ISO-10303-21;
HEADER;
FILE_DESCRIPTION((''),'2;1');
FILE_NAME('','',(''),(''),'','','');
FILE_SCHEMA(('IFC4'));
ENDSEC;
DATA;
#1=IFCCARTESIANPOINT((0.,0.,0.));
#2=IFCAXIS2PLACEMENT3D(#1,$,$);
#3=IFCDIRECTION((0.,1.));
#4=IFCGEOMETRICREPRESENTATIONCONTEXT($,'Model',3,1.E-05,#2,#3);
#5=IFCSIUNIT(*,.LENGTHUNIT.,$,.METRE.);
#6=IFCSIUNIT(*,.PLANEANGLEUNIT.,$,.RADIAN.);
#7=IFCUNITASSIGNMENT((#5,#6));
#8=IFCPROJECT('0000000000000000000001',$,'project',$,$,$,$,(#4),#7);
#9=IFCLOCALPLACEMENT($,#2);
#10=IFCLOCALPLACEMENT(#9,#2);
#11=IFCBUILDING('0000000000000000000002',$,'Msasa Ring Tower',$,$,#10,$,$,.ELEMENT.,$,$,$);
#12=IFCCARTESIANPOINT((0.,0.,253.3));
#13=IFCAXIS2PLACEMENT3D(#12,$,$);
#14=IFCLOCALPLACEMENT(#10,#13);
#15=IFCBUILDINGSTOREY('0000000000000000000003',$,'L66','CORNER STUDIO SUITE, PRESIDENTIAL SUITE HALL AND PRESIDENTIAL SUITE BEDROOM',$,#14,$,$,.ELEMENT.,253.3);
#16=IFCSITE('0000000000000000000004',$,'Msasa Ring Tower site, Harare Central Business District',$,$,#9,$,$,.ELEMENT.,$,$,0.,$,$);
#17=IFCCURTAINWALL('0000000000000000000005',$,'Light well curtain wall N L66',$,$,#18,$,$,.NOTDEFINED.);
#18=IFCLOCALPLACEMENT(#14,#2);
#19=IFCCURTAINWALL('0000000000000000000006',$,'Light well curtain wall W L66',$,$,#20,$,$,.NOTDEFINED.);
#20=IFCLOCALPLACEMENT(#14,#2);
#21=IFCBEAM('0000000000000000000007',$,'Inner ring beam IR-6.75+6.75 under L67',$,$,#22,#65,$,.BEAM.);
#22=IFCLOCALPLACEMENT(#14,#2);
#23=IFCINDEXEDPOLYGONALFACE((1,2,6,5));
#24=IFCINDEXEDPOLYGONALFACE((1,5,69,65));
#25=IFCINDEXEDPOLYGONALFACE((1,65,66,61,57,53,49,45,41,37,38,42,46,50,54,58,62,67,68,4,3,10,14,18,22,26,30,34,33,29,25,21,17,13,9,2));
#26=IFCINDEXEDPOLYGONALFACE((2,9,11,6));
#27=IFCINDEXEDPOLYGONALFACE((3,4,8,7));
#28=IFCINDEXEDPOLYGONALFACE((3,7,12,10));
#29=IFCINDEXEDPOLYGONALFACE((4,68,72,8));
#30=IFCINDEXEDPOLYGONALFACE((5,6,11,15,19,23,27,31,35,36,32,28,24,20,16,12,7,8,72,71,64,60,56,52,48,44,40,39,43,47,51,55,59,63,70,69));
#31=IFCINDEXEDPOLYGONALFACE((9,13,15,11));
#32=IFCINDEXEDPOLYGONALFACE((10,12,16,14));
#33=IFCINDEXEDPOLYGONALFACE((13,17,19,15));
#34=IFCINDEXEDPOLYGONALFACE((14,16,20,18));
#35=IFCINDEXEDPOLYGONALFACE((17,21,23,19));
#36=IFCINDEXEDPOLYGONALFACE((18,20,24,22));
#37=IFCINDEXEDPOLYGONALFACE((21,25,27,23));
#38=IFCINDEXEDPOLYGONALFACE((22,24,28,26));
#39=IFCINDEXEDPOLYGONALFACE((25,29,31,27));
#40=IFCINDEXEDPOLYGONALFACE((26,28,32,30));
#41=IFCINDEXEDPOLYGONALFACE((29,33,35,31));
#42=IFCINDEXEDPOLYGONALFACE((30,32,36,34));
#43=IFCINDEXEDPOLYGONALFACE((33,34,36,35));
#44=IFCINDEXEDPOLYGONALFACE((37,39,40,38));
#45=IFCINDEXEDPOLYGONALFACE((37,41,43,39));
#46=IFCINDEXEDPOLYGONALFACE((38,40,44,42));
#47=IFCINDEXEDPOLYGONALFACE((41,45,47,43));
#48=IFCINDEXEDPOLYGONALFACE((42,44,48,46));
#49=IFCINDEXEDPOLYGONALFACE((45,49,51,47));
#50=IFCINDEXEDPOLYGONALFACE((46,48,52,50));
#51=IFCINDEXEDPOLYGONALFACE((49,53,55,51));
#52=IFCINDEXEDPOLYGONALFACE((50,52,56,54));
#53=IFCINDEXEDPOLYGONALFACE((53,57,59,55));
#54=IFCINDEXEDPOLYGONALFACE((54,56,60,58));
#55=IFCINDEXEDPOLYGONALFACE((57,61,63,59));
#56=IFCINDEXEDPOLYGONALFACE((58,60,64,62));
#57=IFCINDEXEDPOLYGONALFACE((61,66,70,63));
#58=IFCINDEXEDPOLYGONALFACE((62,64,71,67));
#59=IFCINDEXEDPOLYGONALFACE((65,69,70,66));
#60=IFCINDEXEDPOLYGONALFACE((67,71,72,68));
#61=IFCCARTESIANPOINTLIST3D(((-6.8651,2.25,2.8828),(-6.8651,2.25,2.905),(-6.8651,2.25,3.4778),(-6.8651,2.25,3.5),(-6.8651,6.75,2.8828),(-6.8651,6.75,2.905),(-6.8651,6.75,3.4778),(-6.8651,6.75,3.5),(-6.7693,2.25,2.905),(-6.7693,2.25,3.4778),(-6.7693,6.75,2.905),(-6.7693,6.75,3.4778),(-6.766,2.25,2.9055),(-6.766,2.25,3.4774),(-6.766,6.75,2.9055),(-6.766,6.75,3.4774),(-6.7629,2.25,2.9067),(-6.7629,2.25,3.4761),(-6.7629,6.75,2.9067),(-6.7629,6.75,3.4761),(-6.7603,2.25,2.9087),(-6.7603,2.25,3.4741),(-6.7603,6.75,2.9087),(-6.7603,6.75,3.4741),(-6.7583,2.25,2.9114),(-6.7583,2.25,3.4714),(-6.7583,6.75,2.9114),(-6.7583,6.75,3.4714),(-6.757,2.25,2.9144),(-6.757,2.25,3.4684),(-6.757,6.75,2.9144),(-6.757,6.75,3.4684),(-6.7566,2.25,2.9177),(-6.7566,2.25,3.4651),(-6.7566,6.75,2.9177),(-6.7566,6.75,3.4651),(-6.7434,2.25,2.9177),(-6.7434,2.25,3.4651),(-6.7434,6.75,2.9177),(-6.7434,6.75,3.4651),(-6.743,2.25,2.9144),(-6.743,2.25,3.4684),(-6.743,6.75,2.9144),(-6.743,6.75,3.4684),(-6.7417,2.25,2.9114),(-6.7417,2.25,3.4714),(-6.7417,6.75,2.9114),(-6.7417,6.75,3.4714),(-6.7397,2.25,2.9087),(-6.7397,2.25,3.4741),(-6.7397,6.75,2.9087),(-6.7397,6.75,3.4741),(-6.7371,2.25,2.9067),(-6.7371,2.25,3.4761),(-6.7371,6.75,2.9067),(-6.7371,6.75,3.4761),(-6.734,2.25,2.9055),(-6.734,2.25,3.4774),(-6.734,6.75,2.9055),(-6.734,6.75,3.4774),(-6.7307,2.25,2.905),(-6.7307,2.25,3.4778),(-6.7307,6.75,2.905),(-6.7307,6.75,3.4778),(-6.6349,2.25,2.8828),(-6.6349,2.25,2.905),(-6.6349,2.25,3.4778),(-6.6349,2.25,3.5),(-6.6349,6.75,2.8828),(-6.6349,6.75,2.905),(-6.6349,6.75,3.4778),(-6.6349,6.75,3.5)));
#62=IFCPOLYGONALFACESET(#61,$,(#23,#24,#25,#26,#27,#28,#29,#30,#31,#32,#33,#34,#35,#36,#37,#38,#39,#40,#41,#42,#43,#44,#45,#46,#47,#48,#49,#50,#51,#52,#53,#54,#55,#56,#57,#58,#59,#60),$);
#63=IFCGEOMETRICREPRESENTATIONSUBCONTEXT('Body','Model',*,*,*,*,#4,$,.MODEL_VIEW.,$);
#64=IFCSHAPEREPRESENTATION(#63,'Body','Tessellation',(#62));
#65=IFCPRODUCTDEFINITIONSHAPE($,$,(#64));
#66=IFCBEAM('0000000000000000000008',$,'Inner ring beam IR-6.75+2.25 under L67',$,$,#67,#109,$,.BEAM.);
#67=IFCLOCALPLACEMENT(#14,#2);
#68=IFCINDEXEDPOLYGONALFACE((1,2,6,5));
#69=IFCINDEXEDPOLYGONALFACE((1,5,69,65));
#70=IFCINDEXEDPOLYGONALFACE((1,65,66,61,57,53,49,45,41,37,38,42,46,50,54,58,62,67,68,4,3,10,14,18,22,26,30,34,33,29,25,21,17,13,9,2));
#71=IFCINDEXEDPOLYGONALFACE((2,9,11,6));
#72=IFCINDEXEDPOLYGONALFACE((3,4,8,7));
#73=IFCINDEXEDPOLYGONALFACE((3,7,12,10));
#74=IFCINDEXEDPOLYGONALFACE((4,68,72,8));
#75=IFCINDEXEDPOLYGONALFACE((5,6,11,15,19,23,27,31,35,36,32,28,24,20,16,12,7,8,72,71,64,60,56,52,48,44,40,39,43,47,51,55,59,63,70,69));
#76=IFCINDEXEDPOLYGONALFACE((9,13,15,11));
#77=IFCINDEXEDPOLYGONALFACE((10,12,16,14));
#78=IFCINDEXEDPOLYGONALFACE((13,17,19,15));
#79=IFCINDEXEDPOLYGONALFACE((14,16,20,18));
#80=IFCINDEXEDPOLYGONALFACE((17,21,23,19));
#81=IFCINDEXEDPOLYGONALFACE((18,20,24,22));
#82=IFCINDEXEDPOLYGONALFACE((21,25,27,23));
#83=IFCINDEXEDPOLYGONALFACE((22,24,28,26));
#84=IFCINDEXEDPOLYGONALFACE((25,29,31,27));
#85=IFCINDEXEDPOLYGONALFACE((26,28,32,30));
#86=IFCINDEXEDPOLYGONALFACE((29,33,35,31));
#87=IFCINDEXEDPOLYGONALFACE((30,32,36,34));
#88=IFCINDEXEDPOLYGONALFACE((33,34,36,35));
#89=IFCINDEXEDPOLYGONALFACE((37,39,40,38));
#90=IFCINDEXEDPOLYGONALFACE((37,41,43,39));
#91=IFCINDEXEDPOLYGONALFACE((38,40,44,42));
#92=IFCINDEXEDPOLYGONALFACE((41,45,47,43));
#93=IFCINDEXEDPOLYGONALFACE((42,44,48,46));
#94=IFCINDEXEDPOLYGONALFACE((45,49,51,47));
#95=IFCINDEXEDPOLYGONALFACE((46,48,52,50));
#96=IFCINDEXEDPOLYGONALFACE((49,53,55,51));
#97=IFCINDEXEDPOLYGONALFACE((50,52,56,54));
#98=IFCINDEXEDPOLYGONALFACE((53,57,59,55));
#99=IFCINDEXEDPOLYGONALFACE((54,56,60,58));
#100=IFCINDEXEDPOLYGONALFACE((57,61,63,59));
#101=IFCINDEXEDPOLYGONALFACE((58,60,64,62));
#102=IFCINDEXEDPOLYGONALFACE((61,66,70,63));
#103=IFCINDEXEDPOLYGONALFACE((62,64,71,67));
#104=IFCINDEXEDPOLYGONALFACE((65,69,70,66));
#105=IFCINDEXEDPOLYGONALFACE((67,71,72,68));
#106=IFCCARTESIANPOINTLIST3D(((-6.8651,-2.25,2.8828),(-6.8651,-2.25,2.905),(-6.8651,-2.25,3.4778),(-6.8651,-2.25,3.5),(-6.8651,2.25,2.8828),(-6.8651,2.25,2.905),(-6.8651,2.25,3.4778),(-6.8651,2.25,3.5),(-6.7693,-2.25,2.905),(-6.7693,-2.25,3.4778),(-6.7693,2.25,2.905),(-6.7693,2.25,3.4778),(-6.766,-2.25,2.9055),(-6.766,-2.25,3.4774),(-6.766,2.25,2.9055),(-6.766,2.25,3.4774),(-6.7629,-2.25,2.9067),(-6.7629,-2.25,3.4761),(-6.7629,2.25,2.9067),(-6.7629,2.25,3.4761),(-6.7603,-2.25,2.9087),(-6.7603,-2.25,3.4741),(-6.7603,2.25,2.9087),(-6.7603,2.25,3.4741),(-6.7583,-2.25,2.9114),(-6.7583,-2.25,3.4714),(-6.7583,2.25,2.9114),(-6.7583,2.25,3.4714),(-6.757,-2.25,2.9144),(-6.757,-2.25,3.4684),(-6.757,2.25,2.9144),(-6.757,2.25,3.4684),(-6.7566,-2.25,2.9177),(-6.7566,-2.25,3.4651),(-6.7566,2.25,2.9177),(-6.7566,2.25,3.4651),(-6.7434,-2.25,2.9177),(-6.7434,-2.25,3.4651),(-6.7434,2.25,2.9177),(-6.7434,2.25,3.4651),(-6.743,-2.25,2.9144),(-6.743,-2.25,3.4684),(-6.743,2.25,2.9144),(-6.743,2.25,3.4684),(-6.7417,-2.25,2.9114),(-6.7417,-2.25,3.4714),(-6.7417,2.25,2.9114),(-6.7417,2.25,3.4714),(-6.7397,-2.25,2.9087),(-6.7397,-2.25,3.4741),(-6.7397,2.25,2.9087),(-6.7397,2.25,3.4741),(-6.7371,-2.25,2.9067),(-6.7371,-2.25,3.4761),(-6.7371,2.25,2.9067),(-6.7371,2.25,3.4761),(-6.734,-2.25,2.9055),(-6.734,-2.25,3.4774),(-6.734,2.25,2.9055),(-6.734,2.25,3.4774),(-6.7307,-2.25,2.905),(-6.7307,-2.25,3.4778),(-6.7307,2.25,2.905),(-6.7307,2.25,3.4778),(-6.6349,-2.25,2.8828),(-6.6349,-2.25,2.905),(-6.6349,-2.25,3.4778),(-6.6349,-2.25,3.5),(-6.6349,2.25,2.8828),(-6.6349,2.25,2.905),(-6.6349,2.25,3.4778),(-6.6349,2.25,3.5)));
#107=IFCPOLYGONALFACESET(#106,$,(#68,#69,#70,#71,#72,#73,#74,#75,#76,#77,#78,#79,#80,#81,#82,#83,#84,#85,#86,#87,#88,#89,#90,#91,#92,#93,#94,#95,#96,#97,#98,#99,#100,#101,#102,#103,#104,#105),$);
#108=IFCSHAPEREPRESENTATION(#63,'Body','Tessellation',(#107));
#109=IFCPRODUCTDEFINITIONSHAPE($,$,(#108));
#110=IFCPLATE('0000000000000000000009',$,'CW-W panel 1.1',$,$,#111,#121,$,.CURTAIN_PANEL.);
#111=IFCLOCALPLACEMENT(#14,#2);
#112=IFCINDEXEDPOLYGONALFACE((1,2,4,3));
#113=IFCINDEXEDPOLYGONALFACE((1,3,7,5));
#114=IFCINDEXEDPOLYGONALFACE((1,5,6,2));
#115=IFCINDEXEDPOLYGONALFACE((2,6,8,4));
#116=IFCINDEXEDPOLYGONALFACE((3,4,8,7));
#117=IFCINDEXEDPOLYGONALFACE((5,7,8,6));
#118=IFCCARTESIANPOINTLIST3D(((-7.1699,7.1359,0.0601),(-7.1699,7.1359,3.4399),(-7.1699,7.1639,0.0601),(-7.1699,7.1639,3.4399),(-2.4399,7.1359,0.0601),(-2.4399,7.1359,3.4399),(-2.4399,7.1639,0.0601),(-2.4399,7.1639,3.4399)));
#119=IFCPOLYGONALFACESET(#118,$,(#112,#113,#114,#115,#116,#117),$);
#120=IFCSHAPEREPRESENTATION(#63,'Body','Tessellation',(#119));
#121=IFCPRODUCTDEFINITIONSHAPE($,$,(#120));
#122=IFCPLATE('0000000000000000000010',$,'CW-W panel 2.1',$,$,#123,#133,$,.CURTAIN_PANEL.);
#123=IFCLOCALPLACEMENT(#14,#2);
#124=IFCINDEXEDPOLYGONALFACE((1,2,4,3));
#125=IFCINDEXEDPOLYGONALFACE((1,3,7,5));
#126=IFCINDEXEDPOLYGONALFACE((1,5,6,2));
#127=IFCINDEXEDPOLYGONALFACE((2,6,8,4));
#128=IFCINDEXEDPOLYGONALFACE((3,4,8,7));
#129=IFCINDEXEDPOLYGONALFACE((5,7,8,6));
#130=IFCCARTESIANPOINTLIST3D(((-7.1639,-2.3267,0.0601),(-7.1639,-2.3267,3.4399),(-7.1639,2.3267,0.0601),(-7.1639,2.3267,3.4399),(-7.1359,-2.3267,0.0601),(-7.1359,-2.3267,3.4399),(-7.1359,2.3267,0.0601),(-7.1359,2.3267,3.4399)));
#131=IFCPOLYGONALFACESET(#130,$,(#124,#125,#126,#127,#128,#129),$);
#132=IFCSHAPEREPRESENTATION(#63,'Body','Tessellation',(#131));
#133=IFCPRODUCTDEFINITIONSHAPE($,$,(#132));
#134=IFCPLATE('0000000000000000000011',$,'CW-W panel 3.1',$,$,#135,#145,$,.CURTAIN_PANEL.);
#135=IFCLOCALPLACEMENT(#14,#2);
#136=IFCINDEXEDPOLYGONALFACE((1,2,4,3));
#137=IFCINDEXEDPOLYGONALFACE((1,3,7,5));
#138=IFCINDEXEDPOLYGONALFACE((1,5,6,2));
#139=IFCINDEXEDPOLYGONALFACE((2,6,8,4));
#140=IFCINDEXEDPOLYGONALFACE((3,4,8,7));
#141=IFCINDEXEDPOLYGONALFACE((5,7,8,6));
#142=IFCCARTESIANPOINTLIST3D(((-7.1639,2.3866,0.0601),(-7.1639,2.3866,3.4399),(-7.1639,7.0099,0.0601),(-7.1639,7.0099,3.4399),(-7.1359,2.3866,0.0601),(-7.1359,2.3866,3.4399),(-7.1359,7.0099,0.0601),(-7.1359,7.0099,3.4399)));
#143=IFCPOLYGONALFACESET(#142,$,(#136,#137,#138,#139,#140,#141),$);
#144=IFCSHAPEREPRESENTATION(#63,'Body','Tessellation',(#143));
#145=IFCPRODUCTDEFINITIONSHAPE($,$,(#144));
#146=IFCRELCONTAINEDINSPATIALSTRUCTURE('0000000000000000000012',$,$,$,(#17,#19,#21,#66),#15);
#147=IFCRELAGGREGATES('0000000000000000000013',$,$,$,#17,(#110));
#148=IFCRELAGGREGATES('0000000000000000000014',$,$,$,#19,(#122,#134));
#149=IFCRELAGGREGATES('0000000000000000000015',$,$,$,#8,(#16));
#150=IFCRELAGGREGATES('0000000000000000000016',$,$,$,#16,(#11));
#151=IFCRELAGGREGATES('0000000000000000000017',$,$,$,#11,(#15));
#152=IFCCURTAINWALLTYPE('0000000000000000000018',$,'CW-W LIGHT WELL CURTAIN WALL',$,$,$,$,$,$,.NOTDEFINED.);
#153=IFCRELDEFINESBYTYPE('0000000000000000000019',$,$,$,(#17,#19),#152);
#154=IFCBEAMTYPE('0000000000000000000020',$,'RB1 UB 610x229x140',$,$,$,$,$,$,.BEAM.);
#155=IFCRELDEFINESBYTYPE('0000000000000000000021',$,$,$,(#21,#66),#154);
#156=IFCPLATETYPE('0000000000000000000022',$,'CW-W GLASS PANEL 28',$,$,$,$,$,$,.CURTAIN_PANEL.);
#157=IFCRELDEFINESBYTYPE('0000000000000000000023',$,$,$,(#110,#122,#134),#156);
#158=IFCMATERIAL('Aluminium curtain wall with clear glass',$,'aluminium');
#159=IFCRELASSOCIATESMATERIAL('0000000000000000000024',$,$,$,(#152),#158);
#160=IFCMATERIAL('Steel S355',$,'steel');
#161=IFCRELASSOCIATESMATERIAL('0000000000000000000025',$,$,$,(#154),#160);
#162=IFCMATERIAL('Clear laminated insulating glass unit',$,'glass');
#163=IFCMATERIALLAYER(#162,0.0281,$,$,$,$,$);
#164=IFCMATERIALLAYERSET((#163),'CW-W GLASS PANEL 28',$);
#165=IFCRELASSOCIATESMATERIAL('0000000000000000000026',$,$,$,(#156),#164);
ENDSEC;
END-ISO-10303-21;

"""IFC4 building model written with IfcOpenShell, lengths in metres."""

from ifc_helpers import new_model, si_unit, direction, frame, origin, origin_2d, place, context, subcontext, project, spatial, rectangle, i_section, extrude, material, layer, layer_set, material_profile, profile_set, type_object, element, aggregate, save


model = new_model("IFC4")

# Units and contexts
model_context = context("Model", 3, precision=1e-05, world=origin(), true_north=direction((0.0, 1.0)))
body_context = subcontext(model_context, "Body", "Model", "MODEL_VIEW")
ifc_project = project(units=[si_unit("LENGTHUNIT", "METRE"), si_unit("PLANEANGLEUNIT", "RADIAN")], contexts=[model_context])

# Site, building, storey
site_placement = place(None, origin())
site = spatial("IfcSite", under=ifc_project, at=site_placement, Name="Msasa Ring Tower site, Harare Central Business District", CompositionType="ELEMENT", RefElevation=0.0)
building_placement = place(site_placement, origin())
building = spatial("IfcBuilding", under=site, at=building_placement, Name="Msasa Ring Tower", CompositionType="ELEMENT")
storey_placement = place(building_placement, frame((0.0, 0.0, 253.3)))
storey = spatial("IfcBuildingStorey", under=building, at=storey_placement, Name="L66", Description="CORNER STUDIO SUITE, PRESIDENTIAL SUITE HALL AND PRESIDENTIAL SUITE BEDROOM", CompositionType="ELEMENT", Elevation=253.3)

# Curtain wall
ifc_material_1 = material(Name="Aluminium curtain wall with clear glass", Category="aluminium")
curtain_wall_type = type_object("IfcCurtainWallType", Name="CW-W LIGHT WELL CURTAIN WALL", PredefinedType="NOTDEFINED", material=ifc_material_1)
curtain_wall_1_placement = place(storey_placement, origin())
curtain_wall_1 = element("IfcCurtainWall", 1, at=curtain_wall_1_placement, inside=storey, type_object=curtain_wall_type, Name="Light well curtain wall N L66", PredefinedType="NOTDEFINED")

# Curtain wall
curtain_wall_2_placement = place(storey_placement, origin())
curtain_wall_2 = element("IfcCurtainWall", 2, at=curtain_wall_2_placement, inside=storey, type_object=curtain_wall_type, Name="Light well curtain wall W L66", PredefinedType="NOTDEFINED")

# Beams
ifc_material_2 = material(Name="Steel S355", Category="steel")
ifc_material_profile_1 = material_profile(ifc_material_2, i_section(OverallWidth=0.2302, OverallDepth=0.6172, WebThickness=0.0132, FlangeThickness=0.0222, FilletRadius=0.0127, at=origin_2d()), Name="UB 610x229x140")
ifc_profile_set_1 = profile_set([ifc_material_profile_1], Name="Steel S355")
beam_type = type_object("IfcBeamType", Name="RB1 UB 610x229x140", PredefinedType="BEAM", material=ifc_profile_set_1)
for number, where, z_axis, x_axis, name in (
    (3, (-6.75, 6.75, 3.1914), (0.0, -1.0, 0.0), (1.0, 0.0, 0.0), "Inner ring beam IR-6.75+6.75 under L67"),
    (4, (-6.75, 2.25, 3.1914), (0.0, -1.0, 0.0), (1.0, 0.0, 0.0), "Inner ring beam IR-6.75+2.25 under L67"),
):
    element("IfcBeam", number, at=place(storey_placement, frame(where, z_axis=z_axis, x_axis=x_axis)), inside=storey, type_object=beam_type, Name=name, PredefinedType="BEAM", context=body_context, shape_type="SweptSolid", body=[
        extrude(i_section(OverallWidth=0.2302, OverallDepth=0.6172, WebThickness=0.0132, FlangeThickness=0.0222, FilletRadius=0.0127, at=origin_2d()), origin(), (0.0, 0.0, 1.0), 4.5),
    ])

# Plates
ifc_material_3 = material(Name="Clear laminated insulating glass unit", Category="glass")
ifc_layer_1 = layer(ifc_material_3, 0.0281)
ifc_layer_set_1 = layer_set([ifc_layer_1], Name="CW-W GLASS PANEL 28")
plate_type = type_object("IfcPlateType", Name="CW-W GLASS PANEL 28", PredefinedType="CURTAIN_PANEL", material=ifc_layer_set_1)
plate_1_placement = place(storey_placement, frame((-4.8049, 7.1499, 0.0601), z_axis=(0.0, 0.0, 1.0), x_axis=(1.0, 0.0, 0.0)))
plate_1 = element("IfcPlate", 5, at=plate_1_placement, type_object=plate_type, Name="CW-W panel 1.1", PredefinedType="CURTAIN_PANEL", context=body_context, shape_type="SweptSolid", body=[
    extrude(rectangle(XDim=4.73, YDim=0.0281, at=origin_2d()), origin(), (0.0, 0.0, 1.0), 3.3799),
])
aggregate(curtain_wall_1, [plate_1])
plate_2_placement = place(storey_placement, frame((-7.1499, 0.0, 0.0601), z_axis=(0.0, 0.0, 1.0), x_axis=(0.0, 1.0, 0.0)))
plate_2 = element("IfcPlate", 6, at=plate_2_placement, type_object=plate_type, Name="CW-W panel 2.1", PredefinedType="CURTAIN_PANEL", context=body_context, shape_type="SweptSolid", body=[
    extrude(rectangle(XDim=4.6533, YDim=0.0281, at=origin_2d()), origin(), (0.0, 0.0, 1.0), 3.3799),
])
plate_3_placement = place(storey_placement, frame((-7.1499, 4.6982, 0.0601), z_axis=(0.0, 0.0, 1.0), x_axis=(0.0, 1.0, 0.0)))
plate_3 = element("IfcPlate", 7, at=plate_3_placement, type_object=plate_type, Name="CW-W panel 3.1", PredefinedType="CURTAIN_PANEL", context=body_context, shape_type="SweptSolid", body=[
    extrude(rectangle(XDim=4.6233, YDim=0.0281, at=origin_2d()), origin(), (0.0, 0.0, 1.0), 3.3799),
])
aggregate(curtain_wall_2, [plate_2, plate_3])

save(model, "model.ifc")
